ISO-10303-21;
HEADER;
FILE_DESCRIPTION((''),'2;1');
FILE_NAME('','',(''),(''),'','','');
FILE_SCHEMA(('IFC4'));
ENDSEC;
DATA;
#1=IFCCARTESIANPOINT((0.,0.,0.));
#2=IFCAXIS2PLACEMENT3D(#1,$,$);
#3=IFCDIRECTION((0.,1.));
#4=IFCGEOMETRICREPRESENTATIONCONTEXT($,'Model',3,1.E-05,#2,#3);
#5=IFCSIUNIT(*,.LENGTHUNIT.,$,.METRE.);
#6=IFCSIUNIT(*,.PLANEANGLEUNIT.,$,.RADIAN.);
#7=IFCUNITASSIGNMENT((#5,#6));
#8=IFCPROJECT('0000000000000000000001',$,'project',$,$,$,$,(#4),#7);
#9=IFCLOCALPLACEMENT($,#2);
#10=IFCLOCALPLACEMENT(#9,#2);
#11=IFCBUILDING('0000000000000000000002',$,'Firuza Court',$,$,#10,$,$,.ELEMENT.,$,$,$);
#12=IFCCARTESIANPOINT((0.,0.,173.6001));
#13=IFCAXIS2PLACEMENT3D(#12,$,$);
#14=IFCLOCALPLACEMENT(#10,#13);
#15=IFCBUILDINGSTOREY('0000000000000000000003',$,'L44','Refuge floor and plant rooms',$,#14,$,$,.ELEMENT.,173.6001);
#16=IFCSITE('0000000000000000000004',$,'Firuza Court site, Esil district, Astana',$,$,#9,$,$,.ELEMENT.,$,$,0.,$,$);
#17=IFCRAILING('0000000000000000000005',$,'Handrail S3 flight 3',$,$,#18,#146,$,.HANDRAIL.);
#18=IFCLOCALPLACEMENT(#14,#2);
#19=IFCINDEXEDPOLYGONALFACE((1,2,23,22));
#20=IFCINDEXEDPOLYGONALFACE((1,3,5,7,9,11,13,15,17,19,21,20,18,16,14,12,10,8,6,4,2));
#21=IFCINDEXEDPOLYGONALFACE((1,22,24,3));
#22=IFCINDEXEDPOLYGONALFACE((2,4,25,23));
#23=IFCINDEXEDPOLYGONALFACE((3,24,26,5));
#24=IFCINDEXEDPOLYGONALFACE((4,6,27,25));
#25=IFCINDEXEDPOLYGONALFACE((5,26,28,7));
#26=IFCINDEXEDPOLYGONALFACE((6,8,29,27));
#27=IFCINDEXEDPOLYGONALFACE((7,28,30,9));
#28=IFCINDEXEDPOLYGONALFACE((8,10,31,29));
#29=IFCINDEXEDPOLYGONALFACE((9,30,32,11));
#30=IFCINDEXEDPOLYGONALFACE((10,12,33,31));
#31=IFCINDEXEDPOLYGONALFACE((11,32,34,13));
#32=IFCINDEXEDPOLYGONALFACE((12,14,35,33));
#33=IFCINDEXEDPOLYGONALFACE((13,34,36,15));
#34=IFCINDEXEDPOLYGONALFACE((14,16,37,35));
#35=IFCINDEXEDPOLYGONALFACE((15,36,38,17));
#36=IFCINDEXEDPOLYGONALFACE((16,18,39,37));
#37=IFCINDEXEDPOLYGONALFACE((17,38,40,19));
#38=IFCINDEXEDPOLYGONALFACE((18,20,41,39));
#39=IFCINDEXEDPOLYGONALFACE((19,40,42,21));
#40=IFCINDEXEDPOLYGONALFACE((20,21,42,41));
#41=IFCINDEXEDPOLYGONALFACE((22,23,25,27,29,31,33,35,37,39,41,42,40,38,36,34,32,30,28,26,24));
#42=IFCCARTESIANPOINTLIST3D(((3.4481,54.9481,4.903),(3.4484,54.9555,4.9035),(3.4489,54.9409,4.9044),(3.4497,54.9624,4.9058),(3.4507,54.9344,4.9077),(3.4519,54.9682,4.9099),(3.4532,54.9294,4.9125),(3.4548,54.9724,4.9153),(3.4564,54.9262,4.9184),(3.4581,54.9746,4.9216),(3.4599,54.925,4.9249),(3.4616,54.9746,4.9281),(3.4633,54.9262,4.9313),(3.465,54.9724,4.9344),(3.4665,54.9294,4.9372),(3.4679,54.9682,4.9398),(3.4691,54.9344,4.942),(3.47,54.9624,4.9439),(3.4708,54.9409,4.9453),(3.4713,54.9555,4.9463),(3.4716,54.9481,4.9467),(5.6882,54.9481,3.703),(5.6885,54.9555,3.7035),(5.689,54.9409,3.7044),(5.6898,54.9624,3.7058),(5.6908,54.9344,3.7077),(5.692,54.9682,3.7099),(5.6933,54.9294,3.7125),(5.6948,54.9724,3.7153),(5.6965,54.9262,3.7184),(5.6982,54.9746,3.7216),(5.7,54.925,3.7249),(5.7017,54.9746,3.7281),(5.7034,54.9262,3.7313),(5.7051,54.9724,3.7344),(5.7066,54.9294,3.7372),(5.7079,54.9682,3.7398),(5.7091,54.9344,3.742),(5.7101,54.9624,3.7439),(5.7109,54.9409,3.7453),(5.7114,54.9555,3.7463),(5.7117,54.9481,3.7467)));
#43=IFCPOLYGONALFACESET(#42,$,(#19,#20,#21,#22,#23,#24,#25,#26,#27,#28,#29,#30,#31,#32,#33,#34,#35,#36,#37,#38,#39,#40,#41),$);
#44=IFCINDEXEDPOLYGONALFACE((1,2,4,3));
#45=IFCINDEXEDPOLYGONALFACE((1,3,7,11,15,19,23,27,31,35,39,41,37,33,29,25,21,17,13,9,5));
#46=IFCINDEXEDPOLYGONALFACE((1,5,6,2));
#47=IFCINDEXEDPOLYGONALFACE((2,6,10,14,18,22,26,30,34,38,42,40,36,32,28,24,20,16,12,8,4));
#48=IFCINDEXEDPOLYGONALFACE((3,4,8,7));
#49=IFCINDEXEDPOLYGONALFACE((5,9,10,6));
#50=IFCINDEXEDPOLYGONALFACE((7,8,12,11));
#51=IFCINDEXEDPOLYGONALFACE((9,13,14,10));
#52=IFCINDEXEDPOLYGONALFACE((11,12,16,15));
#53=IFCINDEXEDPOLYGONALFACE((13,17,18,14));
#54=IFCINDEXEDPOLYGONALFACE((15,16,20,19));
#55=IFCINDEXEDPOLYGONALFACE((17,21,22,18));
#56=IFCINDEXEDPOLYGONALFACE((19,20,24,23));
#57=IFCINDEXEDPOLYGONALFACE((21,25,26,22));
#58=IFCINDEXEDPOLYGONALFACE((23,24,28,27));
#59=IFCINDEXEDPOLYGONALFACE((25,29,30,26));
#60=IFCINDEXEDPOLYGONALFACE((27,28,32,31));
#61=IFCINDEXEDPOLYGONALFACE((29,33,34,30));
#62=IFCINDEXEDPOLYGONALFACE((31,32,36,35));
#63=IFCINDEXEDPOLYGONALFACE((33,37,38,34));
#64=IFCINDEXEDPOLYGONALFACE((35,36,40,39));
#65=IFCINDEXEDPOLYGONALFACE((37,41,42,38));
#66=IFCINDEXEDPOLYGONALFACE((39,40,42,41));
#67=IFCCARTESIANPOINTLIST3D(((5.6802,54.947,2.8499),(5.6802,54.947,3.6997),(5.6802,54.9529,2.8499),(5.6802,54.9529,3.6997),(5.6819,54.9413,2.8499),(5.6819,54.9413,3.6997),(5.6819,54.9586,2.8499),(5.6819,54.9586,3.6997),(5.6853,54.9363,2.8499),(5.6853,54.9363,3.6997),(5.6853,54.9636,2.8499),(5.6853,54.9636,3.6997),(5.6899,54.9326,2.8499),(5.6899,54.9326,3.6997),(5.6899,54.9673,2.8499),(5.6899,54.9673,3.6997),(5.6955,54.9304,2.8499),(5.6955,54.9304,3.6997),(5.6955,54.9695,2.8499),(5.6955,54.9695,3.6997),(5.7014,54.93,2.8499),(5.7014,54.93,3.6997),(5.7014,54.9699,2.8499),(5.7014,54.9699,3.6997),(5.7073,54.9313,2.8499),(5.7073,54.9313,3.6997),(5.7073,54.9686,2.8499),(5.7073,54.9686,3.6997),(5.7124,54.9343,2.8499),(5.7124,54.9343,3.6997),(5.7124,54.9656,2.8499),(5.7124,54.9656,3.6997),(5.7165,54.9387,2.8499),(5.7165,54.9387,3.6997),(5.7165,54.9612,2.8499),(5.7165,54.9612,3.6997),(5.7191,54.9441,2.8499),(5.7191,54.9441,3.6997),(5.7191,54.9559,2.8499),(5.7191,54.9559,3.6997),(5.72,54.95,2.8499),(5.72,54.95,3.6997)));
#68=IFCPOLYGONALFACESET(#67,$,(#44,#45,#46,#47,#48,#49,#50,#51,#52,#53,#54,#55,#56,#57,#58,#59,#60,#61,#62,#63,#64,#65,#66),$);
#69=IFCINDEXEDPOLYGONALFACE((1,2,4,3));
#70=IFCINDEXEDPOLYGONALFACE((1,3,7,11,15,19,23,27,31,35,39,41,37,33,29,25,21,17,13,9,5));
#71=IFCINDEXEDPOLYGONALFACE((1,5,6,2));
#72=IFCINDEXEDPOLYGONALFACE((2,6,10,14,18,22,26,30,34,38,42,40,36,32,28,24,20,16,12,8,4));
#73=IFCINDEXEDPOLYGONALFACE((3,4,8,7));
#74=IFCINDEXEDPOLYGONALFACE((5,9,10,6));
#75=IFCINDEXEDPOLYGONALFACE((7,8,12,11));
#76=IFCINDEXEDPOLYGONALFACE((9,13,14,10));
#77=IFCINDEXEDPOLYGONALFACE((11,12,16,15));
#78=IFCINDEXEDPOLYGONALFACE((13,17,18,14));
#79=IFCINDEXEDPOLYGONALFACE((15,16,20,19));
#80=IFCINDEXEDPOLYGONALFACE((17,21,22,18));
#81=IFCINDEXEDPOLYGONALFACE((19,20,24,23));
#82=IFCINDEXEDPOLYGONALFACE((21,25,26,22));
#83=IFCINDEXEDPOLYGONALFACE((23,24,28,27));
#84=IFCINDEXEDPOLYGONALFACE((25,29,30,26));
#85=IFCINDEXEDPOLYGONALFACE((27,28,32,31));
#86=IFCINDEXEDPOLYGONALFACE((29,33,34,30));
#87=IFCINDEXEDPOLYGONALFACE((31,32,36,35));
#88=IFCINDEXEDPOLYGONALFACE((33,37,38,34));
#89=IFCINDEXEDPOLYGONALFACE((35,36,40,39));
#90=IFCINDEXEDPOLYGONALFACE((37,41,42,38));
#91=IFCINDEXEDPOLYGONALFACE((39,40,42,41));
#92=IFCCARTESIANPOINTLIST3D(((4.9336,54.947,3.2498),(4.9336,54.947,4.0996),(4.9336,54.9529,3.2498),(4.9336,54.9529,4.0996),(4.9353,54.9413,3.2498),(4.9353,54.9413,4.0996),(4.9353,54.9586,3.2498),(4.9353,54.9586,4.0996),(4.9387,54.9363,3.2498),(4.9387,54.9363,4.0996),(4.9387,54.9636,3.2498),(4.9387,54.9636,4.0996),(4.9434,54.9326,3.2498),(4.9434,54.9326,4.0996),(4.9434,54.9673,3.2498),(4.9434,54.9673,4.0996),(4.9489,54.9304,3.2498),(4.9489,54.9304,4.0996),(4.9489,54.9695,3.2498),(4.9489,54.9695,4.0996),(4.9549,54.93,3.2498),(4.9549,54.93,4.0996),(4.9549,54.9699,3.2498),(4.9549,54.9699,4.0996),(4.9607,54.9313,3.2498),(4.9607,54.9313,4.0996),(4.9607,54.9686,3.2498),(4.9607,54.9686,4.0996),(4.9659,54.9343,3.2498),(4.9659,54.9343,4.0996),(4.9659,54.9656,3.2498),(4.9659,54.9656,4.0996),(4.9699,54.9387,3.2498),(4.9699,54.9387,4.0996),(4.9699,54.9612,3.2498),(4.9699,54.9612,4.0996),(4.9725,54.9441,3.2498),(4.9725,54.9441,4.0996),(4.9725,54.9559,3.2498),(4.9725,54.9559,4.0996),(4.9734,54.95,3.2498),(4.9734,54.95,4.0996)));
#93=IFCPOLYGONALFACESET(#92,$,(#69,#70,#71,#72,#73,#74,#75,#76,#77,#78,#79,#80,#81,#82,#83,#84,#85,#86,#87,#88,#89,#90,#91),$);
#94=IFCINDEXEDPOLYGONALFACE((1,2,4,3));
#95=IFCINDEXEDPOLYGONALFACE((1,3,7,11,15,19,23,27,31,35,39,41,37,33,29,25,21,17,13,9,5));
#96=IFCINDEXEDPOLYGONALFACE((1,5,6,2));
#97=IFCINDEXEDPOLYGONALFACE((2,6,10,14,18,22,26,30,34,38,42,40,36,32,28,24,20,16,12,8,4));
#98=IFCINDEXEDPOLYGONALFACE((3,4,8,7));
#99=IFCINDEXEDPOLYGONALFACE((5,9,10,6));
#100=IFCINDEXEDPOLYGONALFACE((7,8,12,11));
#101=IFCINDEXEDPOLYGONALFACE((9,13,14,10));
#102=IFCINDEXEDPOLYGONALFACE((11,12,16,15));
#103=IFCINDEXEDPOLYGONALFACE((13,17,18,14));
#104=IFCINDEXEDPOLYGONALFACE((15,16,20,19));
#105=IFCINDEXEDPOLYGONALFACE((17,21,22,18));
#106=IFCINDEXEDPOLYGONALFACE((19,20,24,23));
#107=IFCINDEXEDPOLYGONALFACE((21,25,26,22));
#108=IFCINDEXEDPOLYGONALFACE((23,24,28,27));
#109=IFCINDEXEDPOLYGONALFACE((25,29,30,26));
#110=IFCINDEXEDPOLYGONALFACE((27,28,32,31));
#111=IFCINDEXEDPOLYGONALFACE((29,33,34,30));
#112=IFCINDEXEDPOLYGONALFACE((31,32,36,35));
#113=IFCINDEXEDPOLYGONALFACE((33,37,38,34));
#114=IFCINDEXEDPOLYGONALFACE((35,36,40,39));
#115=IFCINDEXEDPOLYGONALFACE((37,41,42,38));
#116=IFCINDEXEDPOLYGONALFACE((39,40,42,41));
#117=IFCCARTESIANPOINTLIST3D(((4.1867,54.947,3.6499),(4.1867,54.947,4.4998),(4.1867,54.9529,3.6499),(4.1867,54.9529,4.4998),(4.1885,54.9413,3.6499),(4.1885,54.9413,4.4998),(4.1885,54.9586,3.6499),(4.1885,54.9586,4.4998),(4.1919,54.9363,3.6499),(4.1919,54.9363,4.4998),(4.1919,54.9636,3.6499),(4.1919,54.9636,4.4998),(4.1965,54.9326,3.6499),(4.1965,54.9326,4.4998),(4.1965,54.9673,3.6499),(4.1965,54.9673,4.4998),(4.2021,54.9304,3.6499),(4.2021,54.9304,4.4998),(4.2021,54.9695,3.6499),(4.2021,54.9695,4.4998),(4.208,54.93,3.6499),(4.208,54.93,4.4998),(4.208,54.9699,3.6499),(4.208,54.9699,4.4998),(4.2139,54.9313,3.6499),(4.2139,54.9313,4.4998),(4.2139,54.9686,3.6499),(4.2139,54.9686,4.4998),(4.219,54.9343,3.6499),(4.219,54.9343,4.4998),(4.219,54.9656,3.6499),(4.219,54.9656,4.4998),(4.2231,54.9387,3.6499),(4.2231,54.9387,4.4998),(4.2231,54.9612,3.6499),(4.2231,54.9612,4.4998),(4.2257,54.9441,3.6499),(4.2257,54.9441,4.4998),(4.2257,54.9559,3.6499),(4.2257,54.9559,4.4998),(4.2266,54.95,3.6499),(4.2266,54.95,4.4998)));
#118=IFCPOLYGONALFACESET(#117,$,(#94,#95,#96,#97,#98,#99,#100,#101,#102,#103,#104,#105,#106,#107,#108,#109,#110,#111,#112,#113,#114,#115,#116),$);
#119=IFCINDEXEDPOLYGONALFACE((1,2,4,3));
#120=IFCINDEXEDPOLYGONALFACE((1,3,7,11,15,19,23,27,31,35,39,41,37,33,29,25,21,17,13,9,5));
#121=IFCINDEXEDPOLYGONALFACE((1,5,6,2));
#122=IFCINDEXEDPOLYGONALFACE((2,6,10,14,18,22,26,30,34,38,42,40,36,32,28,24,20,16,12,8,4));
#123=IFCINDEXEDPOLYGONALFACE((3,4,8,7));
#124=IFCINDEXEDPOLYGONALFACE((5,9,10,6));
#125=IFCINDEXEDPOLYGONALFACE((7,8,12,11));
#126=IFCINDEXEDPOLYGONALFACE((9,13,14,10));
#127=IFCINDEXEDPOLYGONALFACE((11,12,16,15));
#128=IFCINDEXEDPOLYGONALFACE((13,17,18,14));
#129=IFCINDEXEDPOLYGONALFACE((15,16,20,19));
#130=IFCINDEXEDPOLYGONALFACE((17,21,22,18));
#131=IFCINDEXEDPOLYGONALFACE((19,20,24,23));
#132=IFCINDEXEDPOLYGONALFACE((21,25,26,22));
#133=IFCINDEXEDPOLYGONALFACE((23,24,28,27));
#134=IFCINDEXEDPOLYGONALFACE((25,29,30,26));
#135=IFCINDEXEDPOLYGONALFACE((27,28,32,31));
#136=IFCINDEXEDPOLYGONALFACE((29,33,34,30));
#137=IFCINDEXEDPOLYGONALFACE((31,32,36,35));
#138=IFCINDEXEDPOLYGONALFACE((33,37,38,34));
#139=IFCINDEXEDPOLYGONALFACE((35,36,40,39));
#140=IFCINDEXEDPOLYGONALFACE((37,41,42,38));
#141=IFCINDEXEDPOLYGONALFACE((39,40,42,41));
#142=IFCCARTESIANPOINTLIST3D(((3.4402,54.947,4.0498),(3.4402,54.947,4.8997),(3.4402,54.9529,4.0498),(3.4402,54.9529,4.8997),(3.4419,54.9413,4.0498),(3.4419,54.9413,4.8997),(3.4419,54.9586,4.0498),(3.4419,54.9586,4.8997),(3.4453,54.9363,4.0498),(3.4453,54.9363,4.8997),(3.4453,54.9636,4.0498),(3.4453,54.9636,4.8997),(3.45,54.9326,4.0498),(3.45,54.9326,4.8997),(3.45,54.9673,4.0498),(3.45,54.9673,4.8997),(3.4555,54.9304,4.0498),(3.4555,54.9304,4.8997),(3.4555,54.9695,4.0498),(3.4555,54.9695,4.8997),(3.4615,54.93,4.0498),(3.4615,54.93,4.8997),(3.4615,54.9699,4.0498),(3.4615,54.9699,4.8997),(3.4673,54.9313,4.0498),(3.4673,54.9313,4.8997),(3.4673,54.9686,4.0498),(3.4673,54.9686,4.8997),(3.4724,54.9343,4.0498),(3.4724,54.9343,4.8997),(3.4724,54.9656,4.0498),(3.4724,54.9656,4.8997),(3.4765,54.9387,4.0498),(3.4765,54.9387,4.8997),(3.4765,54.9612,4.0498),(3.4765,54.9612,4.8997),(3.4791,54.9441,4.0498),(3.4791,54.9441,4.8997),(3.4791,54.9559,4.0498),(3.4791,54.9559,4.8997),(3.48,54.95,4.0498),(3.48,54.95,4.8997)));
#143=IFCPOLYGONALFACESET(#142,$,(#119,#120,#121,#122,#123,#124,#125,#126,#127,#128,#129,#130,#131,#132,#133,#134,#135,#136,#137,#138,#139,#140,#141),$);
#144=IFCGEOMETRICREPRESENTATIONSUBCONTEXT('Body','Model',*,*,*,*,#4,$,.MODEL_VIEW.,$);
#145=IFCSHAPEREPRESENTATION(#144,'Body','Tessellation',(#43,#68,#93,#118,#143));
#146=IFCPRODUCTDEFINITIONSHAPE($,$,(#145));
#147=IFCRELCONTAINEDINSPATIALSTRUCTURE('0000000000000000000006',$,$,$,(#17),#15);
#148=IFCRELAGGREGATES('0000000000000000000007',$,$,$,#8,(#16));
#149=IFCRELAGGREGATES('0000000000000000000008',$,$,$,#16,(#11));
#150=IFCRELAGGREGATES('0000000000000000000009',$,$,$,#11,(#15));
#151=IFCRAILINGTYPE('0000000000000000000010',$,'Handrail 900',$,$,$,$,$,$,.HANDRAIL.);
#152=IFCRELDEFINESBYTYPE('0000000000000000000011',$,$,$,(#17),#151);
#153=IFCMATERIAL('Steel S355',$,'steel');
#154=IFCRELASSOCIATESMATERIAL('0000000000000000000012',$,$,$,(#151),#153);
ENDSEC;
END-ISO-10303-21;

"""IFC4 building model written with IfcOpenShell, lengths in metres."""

from ifc_helpers import new_model, si_unit, direction, frame, origin, origin_2d, place, context, subcontext, project, spatial, circle, extrude, material, type_object, element, save


model = new_model("IFC4")

# Units and contexts
model_context = context("Model", 3, precision=1e-05, world=origin(), true_north=direction((0.0, 1.0)))
body_context = subcontext(model_context, "Body", "Model", "MODEL_VIEW")
ifc_project = project(units=[si_unit("LENGTHUNIT", "METRE"), si_unit("PLANEANGLEUNIT", "RADIAN")], contexts=[model_context])

# Site, building, storey
site_placement = place(None, origin())
site = spatial("IfcSite", under=ifc_project, at=site_placement, Name="Firuza Court site, Esil district, Astana", CompositionType="ELEMENT", RefElevation=0.0)
building_placement = place(site_placement, origin())
building = spatial("IfcBuilding", under=site, at=building_placement, Name="Firuza Court", CompositionType="ELEMENT")
storey_placement = place(building_placement, frame((0.0, 0.0, 173.6001)))
storey = spatial("IfcBuildingStorey", under=building, at=storey_placement, Name="L44", Description="Refuge floor and plant rooms", CompositionType="ELEMENT", Elevation=173.6001)

# Railing
ifc_material_1 = material(Name="Steel S355", Category="steel")
railing_type_1 = type_object("IfcRailingType", Name="Handrail 900", PredefinedType="HANDRAIL", material=ifc_material_1)
for number, where, name in (
    (1, (5.7, 54.95, 2.8499), "Handrail S3 flight 3"),
):
    element("IfcRailing", number, at=place(storey_placement, frame(where)), inside=storey, type_object=railing_type_1, Name=name, PredefinedType="HANDRAIL", context=body_context, shape_type="SweptSolid", body=[
        extrude(circle(Radius=0.0249, at=origin_2d()), frame((0.0, 0.0, 0.875), z_axis=(-0.881487, 0.0, 0.472208), x_axis=(0.0, -1.0, 0.0)), (0.0, 0.0, 1.0), 2.5413),
        extrude(circle(Radius=0.02, at=origin_2d()), origin(), (0.0, 0.0, 1.0), 0.8499),
        extrude(circle(Radius=0.02, at=origin_2d()), frame((-0.7466, 0.0, 0.3999)), (0.0, 0.0, 1.0), 0.8499),
        extrude(circle(Radius=0.02, at=origin_2d()), frame((-1.4934, 0.0, 0.8)), (0.0, 0.0, 1.0), 0.8499),
        extrude(circle(Radius=0.02, at=origin_2d()), frame((-2.24, 0.0, 1.2)), (0.0, 0.0, 1.0), 0.8499),
    ])

save(model, "model.ifc")
